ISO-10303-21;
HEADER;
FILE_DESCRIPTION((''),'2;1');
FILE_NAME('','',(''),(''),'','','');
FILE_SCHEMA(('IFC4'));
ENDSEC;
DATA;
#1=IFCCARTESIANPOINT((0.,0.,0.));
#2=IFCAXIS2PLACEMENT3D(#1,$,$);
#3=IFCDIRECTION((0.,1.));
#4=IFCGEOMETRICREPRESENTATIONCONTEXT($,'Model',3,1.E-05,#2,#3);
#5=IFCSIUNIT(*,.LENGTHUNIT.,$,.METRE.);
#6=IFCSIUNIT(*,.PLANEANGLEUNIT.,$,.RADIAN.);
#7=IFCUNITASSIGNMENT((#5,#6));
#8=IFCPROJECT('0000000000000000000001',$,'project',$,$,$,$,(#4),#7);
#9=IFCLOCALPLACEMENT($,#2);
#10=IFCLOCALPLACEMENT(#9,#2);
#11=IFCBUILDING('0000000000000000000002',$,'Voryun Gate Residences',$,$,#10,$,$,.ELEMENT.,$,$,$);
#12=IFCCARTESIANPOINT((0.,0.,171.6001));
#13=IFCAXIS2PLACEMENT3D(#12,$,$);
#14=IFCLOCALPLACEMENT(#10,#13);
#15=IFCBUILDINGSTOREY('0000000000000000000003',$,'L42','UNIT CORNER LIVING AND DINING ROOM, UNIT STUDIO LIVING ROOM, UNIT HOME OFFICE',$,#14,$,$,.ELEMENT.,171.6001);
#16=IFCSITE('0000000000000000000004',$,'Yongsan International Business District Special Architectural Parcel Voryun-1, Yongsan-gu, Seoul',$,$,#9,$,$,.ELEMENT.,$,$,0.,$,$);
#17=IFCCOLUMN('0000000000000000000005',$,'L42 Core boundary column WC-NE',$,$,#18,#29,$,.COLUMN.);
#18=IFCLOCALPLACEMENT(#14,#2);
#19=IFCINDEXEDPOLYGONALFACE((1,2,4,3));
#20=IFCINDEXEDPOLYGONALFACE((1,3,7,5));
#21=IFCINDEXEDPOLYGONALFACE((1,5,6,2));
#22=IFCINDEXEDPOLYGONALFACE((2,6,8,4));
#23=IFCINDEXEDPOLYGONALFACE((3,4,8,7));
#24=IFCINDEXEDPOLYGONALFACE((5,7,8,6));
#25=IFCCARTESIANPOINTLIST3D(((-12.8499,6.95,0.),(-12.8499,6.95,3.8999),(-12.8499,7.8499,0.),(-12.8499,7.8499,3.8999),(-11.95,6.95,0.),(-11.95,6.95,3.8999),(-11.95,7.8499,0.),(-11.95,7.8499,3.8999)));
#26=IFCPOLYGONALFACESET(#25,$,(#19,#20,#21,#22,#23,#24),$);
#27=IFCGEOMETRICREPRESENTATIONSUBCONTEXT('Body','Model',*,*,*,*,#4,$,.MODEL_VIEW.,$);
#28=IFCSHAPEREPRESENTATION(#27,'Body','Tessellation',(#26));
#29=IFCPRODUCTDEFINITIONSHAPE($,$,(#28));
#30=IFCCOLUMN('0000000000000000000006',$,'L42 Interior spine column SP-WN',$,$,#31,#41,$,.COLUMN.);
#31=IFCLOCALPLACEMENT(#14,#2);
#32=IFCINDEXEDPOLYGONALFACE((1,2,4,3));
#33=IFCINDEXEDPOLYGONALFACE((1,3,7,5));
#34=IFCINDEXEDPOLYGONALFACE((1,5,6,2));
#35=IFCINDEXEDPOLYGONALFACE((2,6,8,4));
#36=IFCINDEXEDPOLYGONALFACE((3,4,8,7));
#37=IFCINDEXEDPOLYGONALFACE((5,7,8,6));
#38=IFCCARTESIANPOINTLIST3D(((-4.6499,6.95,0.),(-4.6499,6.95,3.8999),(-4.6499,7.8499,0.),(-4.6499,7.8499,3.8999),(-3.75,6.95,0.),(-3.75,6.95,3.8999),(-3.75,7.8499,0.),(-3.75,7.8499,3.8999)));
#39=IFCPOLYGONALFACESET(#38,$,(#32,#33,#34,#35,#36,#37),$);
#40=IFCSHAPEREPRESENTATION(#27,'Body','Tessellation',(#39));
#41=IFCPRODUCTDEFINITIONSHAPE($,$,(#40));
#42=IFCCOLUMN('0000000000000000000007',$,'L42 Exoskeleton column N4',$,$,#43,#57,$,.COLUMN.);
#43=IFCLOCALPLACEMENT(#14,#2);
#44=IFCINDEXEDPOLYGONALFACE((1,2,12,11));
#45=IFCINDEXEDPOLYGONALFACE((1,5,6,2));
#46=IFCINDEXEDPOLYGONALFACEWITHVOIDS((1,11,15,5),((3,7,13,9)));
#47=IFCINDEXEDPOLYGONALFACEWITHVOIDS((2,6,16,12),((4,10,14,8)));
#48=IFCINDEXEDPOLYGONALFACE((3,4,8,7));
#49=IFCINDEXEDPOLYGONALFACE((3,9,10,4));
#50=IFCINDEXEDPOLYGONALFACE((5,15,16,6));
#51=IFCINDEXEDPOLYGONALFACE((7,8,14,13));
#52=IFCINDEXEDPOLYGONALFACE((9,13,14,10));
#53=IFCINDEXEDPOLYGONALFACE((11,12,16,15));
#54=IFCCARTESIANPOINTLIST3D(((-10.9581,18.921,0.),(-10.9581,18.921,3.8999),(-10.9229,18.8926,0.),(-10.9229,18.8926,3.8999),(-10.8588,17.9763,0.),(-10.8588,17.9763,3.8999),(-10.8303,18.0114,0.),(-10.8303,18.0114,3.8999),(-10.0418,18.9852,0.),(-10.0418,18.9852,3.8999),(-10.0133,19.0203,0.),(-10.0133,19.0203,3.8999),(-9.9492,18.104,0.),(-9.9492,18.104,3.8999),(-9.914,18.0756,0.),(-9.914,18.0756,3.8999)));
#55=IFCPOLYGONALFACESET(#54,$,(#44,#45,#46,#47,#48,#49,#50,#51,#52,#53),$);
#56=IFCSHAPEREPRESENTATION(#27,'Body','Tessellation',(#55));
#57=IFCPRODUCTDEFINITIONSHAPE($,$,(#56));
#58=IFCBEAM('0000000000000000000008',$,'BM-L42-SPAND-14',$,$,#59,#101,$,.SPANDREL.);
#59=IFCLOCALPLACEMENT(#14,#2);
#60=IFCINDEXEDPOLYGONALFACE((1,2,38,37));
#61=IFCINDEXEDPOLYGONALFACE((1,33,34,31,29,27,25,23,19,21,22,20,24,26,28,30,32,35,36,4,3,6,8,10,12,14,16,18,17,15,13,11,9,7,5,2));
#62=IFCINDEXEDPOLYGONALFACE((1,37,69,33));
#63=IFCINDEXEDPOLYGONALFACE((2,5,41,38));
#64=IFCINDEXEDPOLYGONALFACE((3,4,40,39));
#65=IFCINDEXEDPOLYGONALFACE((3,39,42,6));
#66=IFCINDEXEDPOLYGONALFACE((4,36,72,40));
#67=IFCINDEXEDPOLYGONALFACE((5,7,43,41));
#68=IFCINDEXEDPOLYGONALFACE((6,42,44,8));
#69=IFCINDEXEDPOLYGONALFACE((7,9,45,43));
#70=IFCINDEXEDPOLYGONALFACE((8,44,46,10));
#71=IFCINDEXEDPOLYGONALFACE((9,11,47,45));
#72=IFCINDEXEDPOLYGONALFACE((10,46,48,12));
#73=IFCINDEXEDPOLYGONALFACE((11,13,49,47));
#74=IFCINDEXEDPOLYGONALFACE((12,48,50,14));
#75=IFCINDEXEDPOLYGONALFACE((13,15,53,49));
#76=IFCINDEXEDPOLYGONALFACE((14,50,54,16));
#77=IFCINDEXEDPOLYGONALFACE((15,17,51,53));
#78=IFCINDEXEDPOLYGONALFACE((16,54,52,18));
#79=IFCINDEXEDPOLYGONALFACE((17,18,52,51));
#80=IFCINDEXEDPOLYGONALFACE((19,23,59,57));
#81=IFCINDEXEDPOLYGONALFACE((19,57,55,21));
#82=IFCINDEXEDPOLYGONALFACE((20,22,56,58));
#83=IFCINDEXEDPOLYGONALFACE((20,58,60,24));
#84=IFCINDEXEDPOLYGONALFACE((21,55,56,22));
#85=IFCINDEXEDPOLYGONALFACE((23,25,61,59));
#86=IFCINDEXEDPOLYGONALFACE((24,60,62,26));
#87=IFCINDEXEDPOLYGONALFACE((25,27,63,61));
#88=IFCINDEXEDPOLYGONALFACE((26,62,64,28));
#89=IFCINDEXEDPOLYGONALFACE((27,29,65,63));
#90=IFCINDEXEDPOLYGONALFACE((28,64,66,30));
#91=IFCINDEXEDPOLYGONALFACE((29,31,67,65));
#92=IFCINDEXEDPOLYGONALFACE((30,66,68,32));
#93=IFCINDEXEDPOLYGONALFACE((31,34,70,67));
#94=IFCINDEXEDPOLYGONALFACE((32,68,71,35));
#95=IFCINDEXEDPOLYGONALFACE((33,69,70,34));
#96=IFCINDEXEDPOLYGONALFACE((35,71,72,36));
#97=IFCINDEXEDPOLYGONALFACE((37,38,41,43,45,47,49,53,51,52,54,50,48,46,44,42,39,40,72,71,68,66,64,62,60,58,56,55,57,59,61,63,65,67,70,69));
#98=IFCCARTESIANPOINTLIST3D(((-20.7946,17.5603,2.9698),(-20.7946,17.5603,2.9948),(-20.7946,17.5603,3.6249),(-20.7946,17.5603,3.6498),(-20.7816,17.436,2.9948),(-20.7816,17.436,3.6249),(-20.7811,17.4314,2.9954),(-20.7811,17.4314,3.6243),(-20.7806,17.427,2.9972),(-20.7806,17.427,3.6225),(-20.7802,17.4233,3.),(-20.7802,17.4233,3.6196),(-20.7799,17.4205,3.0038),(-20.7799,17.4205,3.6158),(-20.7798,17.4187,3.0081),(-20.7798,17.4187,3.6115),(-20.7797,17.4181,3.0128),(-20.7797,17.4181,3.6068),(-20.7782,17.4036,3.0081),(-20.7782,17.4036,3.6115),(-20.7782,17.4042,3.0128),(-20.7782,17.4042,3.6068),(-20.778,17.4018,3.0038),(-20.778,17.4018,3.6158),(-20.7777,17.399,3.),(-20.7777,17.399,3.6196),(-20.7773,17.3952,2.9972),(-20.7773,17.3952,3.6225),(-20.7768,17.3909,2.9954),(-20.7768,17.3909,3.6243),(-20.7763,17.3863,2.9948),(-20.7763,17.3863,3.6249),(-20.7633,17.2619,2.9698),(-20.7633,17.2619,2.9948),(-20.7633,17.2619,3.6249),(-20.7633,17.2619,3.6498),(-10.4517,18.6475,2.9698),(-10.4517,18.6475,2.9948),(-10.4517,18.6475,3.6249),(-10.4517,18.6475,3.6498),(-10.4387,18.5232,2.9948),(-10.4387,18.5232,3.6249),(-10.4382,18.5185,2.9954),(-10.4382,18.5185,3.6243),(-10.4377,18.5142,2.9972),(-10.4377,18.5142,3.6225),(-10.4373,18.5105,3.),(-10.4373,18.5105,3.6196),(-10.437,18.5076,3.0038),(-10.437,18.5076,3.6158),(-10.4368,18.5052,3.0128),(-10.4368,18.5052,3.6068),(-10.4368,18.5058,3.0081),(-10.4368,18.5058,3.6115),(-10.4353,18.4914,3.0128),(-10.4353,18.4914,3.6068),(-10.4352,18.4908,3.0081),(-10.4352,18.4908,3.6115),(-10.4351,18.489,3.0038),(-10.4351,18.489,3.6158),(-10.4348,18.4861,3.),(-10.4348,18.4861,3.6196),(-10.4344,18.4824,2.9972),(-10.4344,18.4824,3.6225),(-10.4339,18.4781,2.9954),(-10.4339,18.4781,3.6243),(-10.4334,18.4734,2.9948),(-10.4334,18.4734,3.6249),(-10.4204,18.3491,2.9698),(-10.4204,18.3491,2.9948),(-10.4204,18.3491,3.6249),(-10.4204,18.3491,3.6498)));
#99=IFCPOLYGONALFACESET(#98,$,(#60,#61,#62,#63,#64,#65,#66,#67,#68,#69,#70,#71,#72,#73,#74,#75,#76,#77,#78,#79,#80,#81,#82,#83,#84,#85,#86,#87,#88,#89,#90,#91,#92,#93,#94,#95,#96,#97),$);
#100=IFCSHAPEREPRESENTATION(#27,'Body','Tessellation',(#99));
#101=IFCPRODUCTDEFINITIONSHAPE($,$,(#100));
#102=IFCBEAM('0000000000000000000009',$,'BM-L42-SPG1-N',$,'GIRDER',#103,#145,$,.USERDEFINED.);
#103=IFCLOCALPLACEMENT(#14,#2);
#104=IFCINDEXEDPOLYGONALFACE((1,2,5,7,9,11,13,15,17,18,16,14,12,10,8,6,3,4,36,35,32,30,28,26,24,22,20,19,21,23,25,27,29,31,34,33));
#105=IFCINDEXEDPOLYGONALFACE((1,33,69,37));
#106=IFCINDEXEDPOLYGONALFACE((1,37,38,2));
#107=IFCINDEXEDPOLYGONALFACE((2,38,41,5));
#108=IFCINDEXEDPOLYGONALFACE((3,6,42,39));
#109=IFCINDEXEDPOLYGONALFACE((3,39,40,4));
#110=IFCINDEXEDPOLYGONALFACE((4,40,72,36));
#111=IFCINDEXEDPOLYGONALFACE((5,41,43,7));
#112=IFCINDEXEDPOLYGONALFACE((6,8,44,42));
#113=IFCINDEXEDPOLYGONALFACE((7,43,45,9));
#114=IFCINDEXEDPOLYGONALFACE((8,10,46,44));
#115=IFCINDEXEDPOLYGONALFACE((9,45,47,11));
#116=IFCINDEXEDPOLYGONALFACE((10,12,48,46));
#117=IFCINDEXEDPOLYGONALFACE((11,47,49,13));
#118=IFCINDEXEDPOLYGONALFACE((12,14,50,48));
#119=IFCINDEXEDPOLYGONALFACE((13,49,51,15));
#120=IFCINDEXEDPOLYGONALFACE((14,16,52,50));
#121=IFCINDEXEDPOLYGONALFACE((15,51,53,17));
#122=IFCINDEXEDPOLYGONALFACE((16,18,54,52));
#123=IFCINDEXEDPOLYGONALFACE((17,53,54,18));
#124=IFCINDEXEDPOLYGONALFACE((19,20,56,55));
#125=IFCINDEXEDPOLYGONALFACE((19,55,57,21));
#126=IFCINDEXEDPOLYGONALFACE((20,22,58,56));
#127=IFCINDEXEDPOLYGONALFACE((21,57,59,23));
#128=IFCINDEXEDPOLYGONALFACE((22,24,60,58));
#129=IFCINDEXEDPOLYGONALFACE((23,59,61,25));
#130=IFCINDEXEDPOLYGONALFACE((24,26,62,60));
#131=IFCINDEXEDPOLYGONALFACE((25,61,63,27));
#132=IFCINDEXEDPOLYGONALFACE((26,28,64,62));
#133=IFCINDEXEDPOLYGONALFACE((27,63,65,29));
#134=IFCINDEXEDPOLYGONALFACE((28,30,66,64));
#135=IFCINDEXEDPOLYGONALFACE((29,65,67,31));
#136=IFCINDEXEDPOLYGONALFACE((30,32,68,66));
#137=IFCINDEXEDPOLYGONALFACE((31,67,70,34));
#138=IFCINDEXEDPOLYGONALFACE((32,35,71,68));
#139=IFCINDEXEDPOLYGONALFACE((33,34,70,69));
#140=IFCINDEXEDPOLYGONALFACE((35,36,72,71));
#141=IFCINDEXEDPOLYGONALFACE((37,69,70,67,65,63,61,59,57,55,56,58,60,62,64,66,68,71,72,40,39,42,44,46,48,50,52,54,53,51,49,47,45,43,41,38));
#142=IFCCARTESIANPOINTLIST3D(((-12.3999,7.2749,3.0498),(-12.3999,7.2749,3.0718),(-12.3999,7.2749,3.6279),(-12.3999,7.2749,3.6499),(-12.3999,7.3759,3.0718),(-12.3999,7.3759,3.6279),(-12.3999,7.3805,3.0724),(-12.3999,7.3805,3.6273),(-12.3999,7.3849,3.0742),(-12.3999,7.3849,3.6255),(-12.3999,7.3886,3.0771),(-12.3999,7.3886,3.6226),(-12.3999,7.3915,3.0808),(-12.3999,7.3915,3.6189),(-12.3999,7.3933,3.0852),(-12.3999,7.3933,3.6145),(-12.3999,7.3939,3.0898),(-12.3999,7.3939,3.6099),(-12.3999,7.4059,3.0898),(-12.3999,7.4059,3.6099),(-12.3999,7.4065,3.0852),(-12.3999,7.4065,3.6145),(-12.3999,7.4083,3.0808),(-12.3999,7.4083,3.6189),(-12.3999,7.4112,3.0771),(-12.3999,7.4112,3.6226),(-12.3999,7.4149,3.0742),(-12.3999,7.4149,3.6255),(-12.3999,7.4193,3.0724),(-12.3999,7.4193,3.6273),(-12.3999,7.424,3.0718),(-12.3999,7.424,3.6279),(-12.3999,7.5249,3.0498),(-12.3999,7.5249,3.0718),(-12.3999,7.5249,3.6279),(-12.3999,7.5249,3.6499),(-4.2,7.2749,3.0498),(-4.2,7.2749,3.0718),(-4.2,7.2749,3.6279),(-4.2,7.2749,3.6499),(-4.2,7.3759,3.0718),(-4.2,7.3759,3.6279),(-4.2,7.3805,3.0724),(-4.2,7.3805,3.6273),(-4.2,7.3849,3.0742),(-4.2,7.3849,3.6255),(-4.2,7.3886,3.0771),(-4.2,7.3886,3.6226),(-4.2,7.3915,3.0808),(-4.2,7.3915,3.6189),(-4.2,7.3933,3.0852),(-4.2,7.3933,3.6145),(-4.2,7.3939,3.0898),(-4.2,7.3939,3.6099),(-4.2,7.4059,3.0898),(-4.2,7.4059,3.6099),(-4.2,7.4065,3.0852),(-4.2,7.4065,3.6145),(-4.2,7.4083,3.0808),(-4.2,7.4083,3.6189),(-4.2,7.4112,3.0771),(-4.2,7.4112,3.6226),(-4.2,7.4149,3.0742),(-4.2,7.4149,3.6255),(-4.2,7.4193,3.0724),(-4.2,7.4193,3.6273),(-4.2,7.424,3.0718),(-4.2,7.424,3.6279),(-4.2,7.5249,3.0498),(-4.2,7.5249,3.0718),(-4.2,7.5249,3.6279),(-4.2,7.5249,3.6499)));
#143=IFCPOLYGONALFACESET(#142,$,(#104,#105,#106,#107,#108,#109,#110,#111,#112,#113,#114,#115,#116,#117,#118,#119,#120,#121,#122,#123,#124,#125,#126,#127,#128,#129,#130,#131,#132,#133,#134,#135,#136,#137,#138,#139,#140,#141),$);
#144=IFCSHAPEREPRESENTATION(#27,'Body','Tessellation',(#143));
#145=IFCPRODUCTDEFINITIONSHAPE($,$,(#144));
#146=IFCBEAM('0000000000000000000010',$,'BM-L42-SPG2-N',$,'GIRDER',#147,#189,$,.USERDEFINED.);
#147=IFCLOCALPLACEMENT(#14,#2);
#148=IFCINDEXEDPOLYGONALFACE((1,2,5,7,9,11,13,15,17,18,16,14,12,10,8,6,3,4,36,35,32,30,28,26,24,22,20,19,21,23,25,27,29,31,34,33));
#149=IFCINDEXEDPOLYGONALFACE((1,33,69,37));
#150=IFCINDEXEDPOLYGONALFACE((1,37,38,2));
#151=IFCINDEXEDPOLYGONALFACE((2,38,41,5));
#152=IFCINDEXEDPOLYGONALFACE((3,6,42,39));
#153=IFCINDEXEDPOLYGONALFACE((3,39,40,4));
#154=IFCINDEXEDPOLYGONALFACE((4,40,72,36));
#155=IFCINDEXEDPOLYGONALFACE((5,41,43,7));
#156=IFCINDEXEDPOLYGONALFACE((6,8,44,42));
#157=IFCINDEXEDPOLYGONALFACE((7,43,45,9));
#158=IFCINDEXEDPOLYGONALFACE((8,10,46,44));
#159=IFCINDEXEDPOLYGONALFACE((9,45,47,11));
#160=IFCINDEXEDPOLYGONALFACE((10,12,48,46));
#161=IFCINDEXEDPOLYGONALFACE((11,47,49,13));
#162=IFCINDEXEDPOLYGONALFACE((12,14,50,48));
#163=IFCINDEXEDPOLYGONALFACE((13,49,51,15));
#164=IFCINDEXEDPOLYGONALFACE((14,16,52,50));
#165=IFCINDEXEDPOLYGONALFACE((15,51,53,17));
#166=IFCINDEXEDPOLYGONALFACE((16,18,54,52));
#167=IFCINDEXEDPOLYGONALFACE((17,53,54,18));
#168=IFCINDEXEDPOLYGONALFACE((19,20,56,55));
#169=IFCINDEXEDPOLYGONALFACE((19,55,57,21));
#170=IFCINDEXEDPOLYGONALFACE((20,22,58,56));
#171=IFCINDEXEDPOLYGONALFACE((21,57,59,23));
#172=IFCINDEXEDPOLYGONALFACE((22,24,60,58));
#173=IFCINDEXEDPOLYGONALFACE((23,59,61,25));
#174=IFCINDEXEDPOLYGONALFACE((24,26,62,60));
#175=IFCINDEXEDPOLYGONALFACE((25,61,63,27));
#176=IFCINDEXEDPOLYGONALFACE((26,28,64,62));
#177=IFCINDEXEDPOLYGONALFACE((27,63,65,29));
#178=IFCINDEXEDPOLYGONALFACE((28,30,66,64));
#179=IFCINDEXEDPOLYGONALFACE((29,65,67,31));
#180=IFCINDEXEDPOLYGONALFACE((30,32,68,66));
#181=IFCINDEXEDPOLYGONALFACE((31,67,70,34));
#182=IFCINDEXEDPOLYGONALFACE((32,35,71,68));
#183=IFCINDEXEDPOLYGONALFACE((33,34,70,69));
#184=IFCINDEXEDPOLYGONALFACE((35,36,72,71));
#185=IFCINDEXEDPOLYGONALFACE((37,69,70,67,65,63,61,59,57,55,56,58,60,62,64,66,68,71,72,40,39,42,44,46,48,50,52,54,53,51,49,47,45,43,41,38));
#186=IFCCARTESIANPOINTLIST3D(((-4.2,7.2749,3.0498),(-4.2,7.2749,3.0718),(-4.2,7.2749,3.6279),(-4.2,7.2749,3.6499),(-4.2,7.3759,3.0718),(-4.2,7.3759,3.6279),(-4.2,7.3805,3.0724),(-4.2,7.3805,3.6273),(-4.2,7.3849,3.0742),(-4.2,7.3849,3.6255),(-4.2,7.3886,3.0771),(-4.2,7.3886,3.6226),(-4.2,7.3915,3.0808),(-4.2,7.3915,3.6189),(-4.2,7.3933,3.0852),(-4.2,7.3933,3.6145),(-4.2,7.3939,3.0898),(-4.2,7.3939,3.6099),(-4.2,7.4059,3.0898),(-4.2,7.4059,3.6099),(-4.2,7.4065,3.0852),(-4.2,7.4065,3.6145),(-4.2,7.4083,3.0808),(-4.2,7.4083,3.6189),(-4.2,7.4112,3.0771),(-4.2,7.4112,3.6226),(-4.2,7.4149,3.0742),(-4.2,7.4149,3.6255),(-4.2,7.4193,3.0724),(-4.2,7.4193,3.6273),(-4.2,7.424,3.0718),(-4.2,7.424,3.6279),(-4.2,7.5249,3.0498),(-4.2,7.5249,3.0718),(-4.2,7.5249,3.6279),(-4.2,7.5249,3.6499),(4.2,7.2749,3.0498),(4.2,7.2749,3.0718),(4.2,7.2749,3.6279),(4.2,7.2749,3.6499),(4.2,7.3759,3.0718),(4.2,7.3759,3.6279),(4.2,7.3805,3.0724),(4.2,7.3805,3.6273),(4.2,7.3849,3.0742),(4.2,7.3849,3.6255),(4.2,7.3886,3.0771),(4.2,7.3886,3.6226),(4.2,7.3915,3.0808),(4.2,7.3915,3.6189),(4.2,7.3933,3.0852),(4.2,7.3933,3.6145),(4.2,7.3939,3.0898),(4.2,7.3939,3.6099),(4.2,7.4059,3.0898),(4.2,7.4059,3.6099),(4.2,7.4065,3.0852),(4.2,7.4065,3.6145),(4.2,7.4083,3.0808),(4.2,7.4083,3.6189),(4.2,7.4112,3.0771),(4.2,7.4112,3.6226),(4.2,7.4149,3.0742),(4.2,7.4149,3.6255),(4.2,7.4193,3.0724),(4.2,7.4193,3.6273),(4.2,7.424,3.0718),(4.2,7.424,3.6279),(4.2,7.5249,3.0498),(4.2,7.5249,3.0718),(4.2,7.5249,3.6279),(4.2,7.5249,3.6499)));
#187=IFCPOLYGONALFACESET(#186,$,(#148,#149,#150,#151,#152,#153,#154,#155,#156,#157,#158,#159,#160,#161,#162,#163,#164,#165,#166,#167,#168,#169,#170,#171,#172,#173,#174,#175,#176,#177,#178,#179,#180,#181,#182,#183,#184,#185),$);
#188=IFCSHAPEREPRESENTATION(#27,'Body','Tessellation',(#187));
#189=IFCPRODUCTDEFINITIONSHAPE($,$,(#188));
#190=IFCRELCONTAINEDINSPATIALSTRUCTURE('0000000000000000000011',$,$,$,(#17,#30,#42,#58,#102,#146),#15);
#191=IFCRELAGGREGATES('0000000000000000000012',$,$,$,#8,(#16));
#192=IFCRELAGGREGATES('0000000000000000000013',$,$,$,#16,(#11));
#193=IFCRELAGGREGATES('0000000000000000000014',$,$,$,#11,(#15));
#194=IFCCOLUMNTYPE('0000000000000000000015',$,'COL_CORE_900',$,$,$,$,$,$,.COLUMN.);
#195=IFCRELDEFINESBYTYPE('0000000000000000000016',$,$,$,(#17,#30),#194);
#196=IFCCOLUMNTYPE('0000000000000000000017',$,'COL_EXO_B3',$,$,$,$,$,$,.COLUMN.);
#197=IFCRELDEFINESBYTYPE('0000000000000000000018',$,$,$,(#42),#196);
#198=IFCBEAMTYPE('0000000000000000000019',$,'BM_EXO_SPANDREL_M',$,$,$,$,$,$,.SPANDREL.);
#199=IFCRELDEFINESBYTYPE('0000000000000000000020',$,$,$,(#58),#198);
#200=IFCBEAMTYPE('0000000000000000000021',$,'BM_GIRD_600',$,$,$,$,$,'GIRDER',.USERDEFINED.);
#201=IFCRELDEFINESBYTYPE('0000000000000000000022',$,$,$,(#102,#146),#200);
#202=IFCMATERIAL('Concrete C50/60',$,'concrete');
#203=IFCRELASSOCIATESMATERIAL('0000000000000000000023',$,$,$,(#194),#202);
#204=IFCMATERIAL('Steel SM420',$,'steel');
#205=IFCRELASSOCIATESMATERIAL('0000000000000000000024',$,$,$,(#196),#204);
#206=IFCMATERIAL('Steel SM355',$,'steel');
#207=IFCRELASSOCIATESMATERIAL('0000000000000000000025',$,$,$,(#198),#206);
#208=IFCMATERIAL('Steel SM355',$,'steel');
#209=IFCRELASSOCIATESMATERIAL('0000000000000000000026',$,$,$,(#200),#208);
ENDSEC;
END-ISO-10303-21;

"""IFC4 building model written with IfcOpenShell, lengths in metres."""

from ifc_helpers import new_model, si_unit, direction, frame, origin, origin_2d, place, context, subcontext, project, spatial, rectangle, hollow_rectangle, i_section, extrude, material, material_profile, profile_set, type_object, element, save


model = new_model("IFC4")

# Units and contexts
model_context = context("Model", 3, precision=1e-05, world=origin(), true_north=direction((0.0, 1.0)))
body_context = subcontext(model_context, "Body", "Model", "MODEL_VIEW")
ifc_project = project(units=[si_unit("LENGTHUNIT", "METRE"), si_unit("PLANEANGLEUNIT", "RADIAN")], contexts=[model_context])

# Site, building, storey
site_placement = place(None, origin())
site = spatial("IfcSite", under=ifc_project, at=site_placement, Name="Yongsan International Business District Special Architectural Parcel Voryun-1, Yongsan-gu, Seoul", CompositionType="ELEMENT", RefElevation=0.0)
building_placement = place(site_placement, origin())
building = spatial("IfcBuilding", under=site, at=building_placement, Name="Voryun Gate Residences", CompositionType="ELEMENT")
storey_placement = place(building_placement, frame((0.0, 0.0, 171.6001)))
storey = spatial("IfcBuildingStorey", under=building, at=storey_placement, Name="L42", Description="UNIT CORNER LIVING AND DINING ROOM, UNIT STUDIO LIVING ROOM, UNIT HOME OFFICE", CompositionType="ELEMENT", Elevation=171.6001)

# Columns
ifc_material_1 = material(Name="Concrete C50/60", Category="concrete")
ifc_material_profile_1 = material_profile(ifc_material_1, rectangle(XDim=0.8999, YDim=0.8999, at=origin_2d()), Name="RC-900x900")
ifc_profile_set_1 = profile_set([ifc_material_profile_1], Name="Concrete C50/60")
column_type_1 = type_object("IfcColumnType", Name="COL_CORE_900", PredefinedType="COLUMN", material=ifc_profile_set_1)
for number, where, z_axis, x_axis, name in (
    (1, (-12.3999, 7.3999, 0.0), (0.0, 0.0, 1.0), (1.0, 0.0, 0.0), "L42 Core boundary column WC-NE"),
    (2, (-4.2, 7.3999, 0.0), (0.0, 0.0, 1.0), (1.0, 0.0, 0.0), "L42 Interior spine column SP-WN"),
):
    element("IfcColumn", number, at=place(storey_placement, frame(where, z_axis=z_axis, x_axis=x_axis)), inside=storey, type_object=column_type_1, Name=name, PredefinedType="COLUMN", context=body_context, shape_type="SweptSolid", body=[
        extrude(rectangle(XDim=0.8999, YDim=0.8999, at=origin_2d()), origin(), (0.0, 0.0, 1.0), 3.8999),
    ])
ifc_material_2 = material(Name="Steel SM420", Category="steel")
ifc_material_profile_2 = material_profile(ifc_material_2, hollow_rectangle(XDim=0.95, YDim=0.95, WallThickness=0.032, at=origin_2d()), Name="BOX-950x950x32")
ifc_profile_set_2 = profile_set([ifc_material_profile_2], Name="Steel SM420")
column_type_2 = type_object("IfcColumnType", Name="COL_EXO_B3", PredefinedType="COLUMN", material=ifc_profile_set_2)
column_placement = place(storey_placement, frame((-10.436, 18.4983, 0.0), z_axis=(0.0, 0.0, 1.0), x_axis=(0.994522, 0.104528, 0.0)))
element("IfcColumn", 3, at=column_placement, inside=storey, type_object=column_type_2, Name="L42 Exoskeleton column N4", PredefinedType="COLUMN", context=body_context, shape_type="SweptSolid", body=[
    extrude(hollow_rectangle(XDim=0.95, YDim=0.95, WallThickness=0.032, at=origin_2d()), origin(), (0.0, 0.0, 1.0), 3.8999),
])

# Beams
ifc_material_3 = material(Name="Steel SM355", Category="steel")
ifc_material_profile_3 = material_profile(ifc_material_3, i_section(OverallWidth=0.3, OverallDepth=0.6799, WebThickness=0.0139, FlangeThickness=0.0249, FilletRadius=0.0181, at=origin_2d()), Name="H-680x300x14x25")
ifc_profile_set_3 = profile_set([ifc_material_profile_3], Name="Steel SM355")
beam_type_1 = type_object("IfcBeamType", Name="BM_EXO_SPANDREL_M", PredefinedType="SPANDREL", material=ifc_profile_set_3)
beam_1_placement = place(storey_placement, frame((-10.436, 18.4983, 3.3098), z_axis=(-0.994521, -0.104534, 0.0), x_axis=(0.104534, -0.994521, 0.0)))
element("IfcBeam", 4, at=beam_1_placement, inside=storey, type_object=beam_type_1, Name="BM-L42-SPAND-14", PredefinedType="SPANDREL", context=body_context, shape_type="SweptSolid", body=[
    extrude(i_section(OverallWidth=0.3, OverallDepth=0.6799, WebThickness=0.0139, FlangeThickness=0.0249, FilletRadius=0.0181, at=origin_2d()), origin(), (0.0, 0.0, 1.0), 10.3999),
])
ifc_material_4 = material(Name="Steel SM355", Category="steel")
ifc_material_profile_4 = material_profile(ifc_material_4, i_section(OverallWidth=0.25, OverallDepth=0.6001, WebThickness=0.012, FlangeThickness=0.022, FilletRadius=0.0181, at=origin_2d()), Name="H-600x250x12x22")
ifc_profile_set_4 = profile_set([ifc_material_profile_4], Name="Steel SM355")
beam_type_2 = type_object("IfcBeamType", Name="BM_GIRD_600", ElementType="GIRDER", PredefinedType="USERDEFINED", material=ifc_profile_set_4)
beam_2_placement = place(storey_placement, frame((-12.3999, 7.3999, 3.3499), z_axis=(1.0, 0.0, 0.0), x_axis=(0.0, 1.0, 0.0)))
element("IfcBeam", 5, at=beam_2_placement, inside=storey, type_object=beam_type_2, Name="BM-L42-SPG1-N", ObjectType="GIRDER", PredefinedType="USERDEFINED", context=body_context, shape_type="SweptSolid", body=[
    extrude(i_section(OverallWidth=0.25, OverallDepth=0.6001, WebThickness=0.012, FlangeThickness=0.022, FilletRadius=0.0181, at=origin_2d()), origin(), (0.0, 0.0, 1.0), 8.2),
])
beam_3_placement = place(storey_placement, frame((-4.2, 7.3999, 3.3499), z_axis=(1.0, 0.0, 0.0), x_axis=(0.0, 1.0, 0.0)))
element("IfcBeam", 6, at=beam_3_placement, inside=storey, type_object=beam_type_2, Name="BM-L42-SPG2-N", ObjectType="GIRDER", PredefinedType="USERDEFINED", context=body_context, shape_type="SweptSolid", body=[
    extrude(i_section(OverallWidth=0.25, OverallDepth=0.6001, WebThickness=0.012, FlangeThickness=0.022, FilletRadius=0.0181, at=origin_2d()), origin(), (0.0, 0.0, 1.0), 8.3999),
])

save(model, "model.ifc")
